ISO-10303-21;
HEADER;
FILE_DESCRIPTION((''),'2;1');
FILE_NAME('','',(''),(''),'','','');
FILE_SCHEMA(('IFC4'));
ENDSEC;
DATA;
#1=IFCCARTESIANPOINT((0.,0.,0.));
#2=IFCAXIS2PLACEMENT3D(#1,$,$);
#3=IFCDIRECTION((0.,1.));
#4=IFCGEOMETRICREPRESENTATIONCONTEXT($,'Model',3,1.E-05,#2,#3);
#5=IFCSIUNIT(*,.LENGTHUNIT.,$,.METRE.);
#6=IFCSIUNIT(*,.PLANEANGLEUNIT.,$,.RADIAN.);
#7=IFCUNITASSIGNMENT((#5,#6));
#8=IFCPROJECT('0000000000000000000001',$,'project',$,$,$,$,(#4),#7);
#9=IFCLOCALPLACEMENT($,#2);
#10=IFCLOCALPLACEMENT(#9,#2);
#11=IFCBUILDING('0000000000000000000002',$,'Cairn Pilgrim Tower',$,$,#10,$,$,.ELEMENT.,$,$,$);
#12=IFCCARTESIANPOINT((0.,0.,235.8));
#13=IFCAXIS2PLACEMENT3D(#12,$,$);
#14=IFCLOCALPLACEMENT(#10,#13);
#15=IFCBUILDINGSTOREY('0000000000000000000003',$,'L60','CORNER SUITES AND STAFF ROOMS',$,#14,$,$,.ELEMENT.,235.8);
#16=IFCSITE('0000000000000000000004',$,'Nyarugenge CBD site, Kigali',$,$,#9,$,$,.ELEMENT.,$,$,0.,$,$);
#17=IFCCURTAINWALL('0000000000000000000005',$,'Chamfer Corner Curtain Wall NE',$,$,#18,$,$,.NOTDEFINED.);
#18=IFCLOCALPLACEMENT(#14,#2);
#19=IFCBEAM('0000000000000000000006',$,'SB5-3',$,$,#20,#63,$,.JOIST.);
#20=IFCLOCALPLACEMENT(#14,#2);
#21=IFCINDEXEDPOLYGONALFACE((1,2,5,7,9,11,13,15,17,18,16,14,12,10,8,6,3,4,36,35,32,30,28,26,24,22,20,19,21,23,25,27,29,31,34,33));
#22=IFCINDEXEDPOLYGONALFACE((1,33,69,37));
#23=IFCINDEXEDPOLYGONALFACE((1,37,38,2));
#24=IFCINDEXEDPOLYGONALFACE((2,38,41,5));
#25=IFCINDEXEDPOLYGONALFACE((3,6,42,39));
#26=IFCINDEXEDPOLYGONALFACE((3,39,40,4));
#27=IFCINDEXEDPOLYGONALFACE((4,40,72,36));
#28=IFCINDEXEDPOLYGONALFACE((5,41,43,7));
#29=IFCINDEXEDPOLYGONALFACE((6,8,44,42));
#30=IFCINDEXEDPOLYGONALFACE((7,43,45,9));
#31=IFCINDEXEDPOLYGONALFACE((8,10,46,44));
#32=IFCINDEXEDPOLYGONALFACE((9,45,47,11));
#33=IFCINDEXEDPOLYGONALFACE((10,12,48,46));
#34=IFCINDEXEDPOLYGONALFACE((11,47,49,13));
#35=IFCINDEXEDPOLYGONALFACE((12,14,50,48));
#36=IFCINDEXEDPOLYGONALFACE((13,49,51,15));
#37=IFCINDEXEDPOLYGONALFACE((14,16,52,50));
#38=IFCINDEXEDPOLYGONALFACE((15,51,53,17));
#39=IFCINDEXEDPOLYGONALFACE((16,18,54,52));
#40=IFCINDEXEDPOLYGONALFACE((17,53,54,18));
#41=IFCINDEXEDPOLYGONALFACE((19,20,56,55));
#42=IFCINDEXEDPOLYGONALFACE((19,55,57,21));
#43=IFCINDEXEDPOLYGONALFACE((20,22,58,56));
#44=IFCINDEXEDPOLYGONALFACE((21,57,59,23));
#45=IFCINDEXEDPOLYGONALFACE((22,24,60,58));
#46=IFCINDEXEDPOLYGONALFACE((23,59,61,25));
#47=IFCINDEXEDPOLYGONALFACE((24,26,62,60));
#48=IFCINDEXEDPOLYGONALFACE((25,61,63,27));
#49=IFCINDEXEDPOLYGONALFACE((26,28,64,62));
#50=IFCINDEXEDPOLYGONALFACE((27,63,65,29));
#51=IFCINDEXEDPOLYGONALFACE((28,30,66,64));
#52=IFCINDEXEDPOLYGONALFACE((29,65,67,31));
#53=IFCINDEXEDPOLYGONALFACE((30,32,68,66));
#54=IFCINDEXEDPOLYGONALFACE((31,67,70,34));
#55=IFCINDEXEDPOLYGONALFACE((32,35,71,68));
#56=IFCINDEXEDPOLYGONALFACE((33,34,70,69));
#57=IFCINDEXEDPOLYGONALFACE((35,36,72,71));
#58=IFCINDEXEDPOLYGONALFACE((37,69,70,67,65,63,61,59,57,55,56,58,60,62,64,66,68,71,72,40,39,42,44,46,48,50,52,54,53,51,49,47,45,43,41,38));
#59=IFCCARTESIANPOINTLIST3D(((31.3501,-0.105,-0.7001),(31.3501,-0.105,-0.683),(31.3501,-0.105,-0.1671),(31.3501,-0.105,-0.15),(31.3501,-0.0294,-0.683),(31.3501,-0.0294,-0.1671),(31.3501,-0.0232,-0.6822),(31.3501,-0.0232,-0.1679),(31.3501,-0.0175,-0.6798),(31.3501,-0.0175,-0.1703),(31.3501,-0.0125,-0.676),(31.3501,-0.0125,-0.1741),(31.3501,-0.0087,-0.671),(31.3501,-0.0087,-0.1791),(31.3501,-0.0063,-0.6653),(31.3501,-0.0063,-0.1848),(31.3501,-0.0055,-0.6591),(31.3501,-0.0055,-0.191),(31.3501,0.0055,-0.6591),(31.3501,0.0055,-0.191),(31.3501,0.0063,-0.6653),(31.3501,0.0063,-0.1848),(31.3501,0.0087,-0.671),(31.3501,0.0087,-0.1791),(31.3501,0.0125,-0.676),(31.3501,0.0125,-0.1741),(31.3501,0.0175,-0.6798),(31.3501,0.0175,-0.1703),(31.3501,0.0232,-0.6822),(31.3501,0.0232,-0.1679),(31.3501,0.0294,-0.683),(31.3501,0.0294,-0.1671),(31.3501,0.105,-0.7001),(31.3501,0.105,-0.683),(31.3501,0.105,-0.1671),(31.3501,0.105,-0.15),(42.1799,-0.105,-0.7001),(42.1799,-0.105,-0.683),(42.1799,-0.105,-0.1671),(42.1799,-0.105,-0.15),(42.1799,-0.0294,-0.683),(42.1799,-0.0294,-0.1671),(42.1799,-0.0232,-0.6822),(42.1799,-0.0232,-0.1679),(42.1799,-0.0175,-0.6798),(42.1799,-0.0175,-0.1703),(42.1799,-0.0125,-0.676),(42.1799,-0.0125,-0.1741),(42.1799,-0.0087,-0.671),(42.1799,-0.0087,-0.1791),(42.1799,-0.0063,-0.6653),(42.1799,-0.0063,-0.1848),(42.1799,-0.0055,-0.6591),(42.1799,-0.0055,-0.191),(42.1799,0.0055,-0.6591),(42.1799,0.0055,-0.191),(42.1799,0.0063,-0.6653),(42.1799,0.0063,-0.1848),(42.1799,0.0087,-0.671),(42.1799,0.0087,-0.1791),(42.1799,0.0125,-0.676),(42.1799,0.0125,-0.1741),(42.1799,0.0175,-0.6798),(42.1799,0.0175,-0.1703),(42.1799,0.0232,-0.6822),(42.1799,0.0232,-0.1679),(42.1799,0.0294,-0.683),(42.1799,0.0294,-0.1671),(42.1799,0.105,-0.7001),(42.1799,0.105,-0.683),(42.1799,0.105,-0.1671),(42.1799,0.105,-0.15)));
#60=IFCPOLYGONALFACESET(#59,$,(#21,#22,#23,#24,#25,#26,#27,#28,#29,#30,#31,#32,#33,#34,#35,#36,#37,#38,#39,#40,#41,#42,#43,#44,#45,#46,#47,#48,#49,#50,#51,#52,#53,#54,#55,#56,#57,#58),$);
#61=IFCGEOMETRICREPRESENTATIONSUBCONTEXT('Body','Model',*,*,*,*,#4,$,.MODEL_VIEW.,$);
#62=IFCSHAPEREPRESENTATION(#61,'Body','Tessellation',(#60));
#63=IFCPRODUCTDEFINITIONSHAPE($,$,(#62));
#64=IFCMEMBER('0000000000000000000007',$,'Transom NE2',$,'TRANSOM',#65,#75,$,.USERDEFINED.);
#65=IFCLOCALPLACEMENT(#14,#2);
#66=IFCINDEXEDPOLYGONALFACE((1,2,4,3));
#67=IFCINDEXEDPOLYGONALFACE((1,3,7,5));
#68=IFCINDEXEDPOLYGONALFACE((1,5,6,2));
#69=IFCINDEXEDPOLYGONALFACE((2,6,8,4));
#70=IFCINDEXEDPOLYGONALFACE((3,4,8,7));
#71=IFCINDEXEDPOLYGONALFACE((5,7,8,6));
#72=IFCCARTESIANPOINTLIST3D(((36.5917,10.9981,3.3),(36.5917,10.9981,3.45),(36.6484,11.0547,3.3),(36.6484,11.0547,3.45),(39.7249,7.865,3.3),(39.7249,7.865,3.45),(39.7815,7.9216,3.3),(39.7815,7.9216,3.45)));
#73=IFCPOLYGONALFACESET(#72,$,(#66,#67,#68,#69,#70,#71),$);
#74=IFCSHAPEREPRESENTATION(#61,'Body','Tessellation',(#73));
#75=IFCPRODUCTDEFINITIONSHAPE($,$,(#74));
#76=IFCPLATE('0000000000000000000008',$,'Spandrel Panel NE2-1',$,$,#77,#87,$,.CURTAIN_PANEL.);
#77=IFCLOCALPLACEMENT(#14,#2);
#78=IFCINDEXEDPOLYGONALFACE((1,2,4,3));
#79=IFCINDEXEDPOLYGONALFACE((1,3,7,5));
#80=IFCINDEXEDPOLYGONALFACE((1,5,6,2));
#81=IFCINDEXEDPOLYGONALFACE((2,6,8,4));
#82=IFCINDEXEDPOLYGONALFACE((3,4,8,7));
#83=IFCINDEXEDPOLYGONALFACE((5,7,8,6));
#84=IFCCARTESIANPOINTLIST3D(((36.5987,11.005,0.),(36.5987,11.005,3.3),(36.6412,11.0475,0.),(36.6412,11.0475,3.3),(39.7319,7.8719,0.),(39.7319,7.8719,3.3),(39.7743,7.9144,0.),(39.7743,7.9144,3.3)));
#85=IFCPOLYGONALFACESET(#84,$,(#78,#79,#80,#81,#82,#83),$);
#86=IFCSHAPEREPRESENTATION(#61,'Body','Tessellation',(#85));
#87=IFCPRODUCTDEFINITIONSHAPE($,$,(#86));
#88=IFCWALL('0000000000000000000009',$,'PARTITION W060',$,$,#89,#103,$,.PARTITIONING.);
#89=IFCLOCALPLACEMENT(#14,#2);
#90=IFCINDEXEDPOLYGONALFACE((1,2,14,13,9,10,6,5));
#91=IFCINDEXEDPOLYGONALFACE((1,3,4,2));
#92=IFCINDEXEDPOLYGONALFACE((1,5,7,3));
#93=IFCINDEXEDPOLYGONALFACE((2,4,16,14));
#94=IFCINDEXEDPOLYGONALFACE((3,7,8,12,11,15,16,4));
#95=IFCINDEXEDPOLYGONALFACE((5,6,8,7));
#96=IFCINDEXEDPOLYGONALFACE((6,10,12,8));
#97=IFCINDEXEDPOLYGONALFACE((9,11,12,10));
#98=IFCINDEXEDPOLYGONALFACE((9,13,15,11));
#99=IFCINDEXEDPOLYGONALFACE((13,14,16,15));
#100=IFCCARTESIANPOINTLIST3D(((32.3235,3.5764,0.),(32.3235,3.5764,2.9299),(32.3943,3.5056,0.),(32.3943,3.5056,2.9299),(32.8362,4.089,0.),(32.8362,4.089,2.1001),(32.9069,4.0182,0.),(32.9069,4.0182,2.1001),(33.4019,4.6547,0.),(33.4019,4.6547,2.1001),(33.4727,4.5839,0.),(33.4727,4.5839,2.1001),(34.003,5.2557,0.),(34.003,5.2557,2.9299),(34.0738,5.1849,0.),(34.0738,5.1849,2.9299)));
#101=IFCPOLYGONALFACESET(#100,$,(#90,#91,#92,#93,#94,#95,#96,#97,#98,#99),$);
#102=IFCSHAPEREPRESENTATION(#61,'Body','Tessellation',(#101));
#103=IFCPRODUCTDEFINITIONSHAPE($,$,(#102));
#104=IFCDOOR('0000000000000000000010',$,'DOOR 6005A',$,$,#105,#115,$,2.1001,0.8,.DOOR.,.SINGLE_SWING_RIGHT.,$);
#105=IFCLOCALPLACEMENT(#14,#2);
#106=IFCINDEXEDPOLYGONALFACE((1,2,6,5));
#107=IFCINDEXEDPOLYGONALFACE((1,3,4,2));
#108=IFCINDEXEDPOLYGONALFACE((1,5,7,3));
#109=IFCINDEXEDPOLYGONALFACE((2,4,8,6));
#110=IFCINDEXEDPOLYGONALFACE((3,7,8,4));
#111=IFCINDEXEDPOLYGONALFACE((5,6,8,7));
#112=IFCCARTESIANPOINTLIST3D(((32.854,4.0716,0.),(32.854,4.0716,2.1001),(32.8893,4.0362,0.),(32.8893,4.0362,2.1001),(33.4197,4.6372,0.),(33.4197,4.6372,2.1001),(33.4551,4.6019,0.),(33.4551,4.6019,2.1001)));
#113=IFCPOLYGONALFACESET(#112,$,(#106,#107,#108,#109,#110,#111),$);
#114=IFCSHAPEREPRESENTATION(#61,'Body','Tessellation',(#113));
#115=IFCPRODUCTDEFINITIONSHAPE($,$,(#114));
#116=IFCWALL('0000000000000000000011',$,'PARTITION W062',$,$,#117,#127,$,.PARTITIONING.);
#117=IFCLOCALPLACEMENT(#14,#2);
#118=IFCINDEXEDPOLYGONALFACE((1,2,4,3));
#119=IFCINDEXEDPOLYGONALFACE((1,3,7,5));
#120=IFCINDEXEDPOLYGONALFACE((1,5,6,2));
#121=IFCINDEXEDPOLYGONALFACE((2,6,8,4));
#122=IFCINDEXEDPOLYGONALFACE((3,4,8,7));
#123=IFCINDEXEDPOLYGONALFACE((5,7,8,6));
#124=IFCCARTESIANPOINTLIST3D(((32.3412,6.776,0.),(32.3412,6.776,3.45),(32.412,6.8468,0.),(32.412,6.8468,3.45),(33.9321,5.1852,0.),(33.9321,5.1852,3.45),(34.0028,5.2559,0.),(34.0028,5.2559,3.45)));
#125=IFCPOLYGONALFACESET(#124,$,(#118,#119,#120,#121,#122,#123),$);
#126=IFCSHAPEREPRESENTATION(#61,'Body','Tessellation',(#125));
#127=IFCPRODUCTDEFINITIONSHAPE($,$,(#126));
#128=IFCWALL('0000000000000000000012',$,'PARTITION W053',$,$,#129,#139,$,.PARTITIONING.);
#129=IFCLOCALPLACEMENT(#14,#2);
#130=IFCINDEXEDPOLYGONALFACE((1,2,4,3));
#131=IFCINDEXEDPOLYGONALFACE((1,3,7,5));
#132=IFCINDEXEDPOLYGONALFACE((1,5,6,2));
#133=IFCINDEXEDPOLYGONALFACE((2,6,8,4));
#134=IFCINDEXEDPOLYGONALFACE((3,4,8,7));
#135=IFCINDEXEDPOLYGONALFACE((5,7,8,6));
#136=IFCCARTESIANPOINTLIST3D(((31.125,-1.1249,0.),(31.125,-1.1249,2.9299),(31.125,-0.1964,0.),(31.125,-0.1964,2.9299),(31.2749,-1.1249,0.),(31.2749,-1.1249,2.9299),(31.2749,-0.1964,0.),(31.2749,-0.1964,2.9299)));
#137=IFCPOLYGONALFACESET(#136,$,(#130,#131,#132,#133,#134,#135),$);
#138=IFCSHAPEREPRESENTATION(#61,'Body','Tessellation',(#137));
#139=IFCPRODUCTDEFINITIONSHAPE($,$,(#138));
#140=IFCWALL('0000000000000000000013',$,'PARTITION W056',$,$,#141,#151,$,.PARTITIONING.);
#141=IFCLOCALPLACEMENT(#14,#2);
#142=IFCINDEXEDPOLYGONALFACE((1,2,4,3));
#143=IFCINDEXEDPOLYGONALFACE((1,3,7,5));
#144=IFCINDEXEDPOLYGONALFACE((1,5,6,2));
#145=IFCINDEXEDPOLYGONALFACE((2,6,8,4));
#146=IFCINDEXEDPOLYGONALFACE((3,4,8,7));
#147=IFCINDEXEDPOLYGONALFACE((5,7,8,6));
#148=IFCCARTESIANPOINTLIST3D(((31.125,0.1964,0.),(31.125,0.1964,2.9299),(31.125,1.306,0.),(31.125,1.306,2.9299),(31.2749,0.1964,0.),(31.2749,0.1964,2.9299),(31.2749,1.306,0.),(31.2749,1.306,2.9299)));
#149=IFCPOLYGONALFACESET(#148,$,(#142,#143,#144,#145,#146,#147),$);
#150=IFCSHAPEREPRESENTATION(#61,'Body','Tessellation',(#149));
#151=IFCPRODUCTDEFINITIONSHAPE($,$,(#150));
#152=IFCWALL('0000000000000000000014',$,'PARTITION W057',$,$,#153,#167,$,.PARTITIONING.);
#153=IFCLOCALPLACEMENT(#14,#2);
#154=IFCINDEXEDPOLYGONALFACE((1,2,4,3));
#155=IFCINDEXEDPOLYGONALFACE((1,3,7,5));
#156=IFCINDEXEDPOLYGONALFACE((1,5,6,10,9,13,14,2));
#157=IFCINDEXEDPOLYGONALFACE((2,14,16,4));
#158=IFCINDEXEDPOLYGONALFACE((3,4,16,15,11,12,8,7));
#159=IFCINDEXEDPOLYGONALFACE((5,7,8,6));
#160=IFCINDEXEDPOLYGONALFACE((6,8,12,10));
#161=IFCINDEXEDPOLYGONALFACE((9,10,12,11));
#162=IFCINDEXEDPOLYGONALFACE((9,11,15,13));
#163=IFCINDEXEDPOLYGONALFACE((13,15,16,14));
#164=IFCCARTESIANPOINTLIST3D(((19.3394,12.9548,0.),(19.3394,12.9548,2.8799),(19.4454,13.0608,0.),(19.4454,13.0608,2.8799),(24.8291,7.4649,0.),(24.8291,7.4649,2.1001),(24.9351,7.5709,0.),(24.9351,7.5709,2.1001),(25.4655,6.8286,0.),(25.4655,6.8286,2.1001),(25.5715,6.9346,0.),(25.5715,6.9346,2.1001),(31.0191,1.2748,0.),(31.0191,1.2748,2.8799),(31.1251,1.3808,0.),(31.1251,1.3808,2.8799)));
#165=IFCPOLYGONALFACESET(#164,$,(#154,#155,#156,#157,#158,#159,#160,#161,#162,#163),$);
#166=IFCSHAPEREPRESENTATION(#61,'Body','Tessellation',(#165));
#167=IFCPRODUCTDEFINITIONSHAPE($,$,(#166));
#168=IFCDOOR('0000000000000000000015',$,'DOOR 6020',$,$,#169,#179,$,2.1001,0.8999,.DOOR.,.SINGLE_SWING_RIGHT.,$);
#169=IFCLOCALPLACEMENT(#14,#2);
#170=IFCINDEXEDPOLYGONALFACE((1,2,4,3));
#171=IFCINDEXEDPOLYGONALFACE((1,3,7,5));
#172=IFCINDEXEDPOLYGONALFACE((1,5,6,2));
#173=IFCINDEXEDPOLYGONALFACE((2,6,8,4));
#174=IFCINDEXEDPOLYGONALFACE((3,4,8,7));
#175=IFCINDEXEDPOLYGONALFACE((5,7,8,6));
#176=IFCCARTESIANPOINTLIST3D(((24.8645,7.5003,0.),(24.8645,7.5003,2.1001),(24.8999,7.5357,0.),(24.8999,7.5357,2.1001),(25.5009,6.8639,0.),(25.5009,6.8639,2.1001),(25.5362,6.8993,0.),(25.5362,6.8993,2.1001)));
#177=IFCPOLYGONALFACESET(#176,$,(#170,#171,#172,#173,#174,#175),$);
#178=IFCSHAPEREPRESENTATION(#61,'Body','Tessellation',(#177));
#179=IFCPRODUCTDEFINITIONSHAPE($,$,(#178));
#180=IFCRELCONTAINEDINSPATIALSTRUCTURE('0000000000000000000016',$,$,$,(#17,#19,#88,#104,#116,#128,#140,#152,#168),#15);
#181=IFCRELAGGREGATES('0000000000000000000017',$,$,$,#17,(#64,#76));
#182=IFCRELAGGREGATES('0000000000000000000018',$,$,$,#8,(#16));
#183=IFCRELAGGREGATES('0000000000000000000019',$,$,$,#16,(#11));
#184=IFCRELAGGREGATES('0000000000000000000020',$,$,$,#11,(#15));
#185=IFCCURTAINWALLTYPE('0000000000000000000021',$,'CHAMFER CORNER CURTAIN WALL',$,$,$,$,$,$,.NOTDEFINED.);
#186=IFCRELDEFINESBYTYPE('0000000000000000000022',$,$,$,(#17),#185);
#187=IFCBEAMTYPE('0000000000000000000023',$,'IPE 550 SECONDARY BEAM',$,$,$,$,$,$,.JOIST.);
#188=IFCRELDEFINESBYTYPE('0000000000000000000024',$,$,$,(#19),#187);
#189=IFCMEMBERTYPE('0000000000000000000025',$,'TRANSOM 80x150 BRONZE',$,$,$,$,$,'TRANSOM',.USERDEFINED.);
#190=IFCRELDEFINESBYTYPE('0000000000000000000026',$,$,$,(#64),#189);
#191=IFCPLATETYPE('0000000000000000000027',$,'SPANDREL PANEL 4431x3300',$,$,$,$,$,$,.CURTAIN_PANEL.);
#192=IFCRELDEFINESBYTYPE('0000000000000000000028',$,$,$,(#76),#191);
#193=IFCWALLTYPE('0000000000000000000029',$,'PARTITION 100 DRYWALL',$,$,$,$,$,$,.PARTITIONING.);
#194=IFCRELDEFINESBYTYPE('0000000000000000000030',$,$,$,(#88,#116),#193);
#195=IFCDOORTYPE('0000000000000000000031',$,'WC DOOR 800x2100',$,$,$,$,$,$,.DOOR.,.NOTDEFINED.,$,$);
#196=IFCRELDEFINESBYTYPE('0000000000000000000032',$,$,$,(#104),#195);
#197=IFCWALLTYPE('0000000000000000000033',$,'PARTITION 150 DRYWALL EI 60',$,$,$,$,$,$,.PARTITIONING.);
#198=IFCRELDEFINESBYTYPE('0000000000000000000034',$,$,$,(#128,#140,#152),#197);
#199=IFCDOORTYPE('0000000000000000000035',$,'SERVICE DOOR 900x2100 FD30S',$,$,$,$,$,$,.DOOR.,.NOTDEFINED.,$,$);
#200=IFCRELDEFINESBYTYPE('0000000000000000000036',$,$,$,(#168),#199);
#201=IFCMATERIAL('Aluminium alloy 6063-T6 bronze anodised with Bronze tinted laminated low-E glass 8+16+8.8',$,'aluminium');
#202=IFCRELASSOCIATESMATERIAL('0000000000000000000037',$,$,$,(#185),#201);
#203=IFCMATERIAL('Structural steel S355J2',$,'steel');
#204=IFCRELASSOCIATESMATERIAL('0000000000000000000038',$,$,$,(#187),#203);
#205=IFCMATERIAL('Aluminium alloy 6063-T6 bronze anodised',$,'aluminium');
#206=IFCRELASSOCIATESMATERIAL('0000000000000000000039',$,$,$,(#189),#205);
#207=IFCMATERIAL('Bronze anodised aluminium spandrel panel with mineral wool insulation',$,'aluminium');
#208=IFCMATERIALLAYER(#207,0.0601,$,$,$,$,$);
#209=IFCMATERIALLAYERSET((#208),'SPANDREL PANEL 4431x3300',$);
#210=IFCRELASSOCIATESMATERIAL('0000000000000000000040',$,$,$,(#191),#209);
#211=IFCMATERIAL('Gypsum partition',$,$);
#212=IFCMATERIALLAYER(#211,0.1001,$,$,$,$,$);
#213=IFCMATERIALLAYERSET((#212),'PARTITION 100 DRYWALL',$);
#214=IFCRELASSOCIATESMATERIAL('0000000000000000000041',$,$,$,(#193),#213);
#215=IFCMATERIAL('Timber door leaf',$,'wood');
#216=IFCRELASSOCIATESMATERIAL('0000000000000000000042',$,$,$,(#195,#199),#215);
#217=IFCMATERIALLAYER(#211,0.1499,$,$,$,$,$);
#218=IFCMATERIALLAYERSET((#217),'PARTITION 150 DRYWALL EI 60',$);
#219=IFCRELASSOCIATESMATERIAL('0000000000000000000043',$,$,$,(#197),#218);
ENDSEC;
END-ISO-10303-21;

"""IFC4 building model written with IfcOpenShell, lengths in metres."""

from ifc_helpers import new_model, si_unit, direction, frame, frame_2d, origin, origin_2d, place, context, subcontext, project, spatial, rectangle, i_section, extrude, material, layer, layer_set, material_profile, profile_set, type_object, element, fill, aggregate, save


model = new_model("IFC4")

# Units and contexts
model_context = context("Model", 3, precision=1e-05, world=origin(), true_north=direction((0.0, 1.0)))
body_context = subcontext(model_context, "Body", "Model", "MODEL_VIEW")
ifc_project = project(units=[si_unit("LENGTHUNIT", "METRE"), si_unit("PLANEANGLEUNIT", "RADIAN")], contexts=[model_context])

# Site, building, storey
site_placement = place(None, origin())
site = spatial("IfcSite", under=ifc_project, at=site_placement, Name="Nyarugenge CBD site, Kigali", CompositionType="ELEMENT", RefElevation=0.0)
building_placement = place(site_placement, origin())
building = spatial("IfcBuilding", under=site, at=building_placement, Name="Cairn Pilgrim Tower", CompositionType="ELEMENT")
storey_placement = place(building_placement, frame((0.0, 0.0, 235.8)))
storey = spatial("IfcBuildingStorey", under=building, at=storey_placement, Name="L60", Description="CORNER SUITES AND STAFF ROOMS", CompositionType="ELEMENT", Elevation=235.8)

# Shared definitions
ifc_material_1 = material(Name="Structural steel S355J2", Category="steel")

# Shared definitions
ifc_material_2 = material(Name="Aluminium alloy 6063-T6 bronze anodised with Bronze tinted laminated low-E glass 8+16+8.8", Category="aluminium")
ifc_material_3 = material(Name="Aluminium alloy 6063-T6 bronze anodised", Category="aluminium")

# Curtain wall
curtain_wall_type_1 = type_object("IfcCurtainWallType", Name="CHAMFER CORNER CURTAIN WALL", PredefinedType="NOTDEFINED", material=ifc_material_2)
curtain_wall_1_placement = place(storey_placement, origin())
curtain_wall_1 = element("IfcCurtainWall", 1, at=curtain_wall_1_placement, inside=storey, type_object=curtain_wall_type_1, Name="Chamfer Corner Curtain Wall NE", PredefinedType="NOTDEFINED")

# Beam
ifc_material_profile_1 = material_profile(ifc_material_1, i_section(OverallWidth=0.21, OverallDepth=0.55, WebThickness=0.011, FlangeThickness=0.0171, FilletRadius=0.0239, at=origin_2d()), Name="IPE 550")
ifc_profile_set_1 = profile_set([ifc_material_profile_1], Name="Structural steel S355J2")
beam_type_1 = type_object("IfcBeamType", Name="IPE 550 SECONDARY BEAM", PredefinedType="JOIST", material=ifc_profile_set_1)
beam_1_placement = place(storey_placement, frame((31.3501, 0.0, -0.425), z_axis=(1.0, 0.0, 0.0), x_axis=(0.0, 1.0, 0.0)))
element("IfcBeam", 2, at=beam_1_placement, inside=storey, type_object=beam_type_1, Name="SB5-3", PredefinedType="JOIST", context=body_context, shape_type="SweptSolid", body=[
    extrude(i_section(OverallWidth=0.21, OverallDepth=0.55, WebThickness=0.011, FlangeThickness=0.0171, FilletRadius=0.0239, at=origin_2d()), origin(), (0.0, 0.0, 1.0), 10.8298),
])

# Member
ifc_material_profile_2 = material_profile(ifc_material_3, rectangle(XDim=0.0801, YDim=0.1499, at=origin_2d()), Name="TRANSOM 80x150 BRONZE")
ifc_profile_set_2 = profile_set([ifc_material_profile_2], Name="Aluminium alloy 6063-T6 bronze anodised")
member_type_1 = type_object("IfcMemberType", Name="TRANSOM 80x150 BRONZE", ElementType="TRANSOM", PredefinedType="USERDEFINED", material=ifc_profile_set_2)
member_1_placement = place(storey_placement, frame((39.7532, 7.8933, 3.375), z_axis=(-0.707107, 0.707107, 0.0), x_axis=(-0.707107, -0.707107, 0.0)))
member_1 = element("IfcMember", 3, at=member_1_placement, type_object=member_type_1, Name="Transom NE2", ObjectType="TRANSOM", PredefinedType="USERDEFINED", context=body_context, shape_type="SweptSolid", body=[
    extrude(rectangle(XDim=0.0801, YDim=0.1499, at=origin_2d()), origin(), (0.0, 0.0, 1.0), 4.4309),
])

# Plate
ifc_material_4 = material(Name="Bronze anodised aluminium spandrel panel with mineral wool insulation", Category="aluminium")
ifc_layer_1 = layer(ifc_material_4, 0.0601)
ifc_layer_set_1 = layer_set([ifc_layer_1], Name="SPANDREL PANEL 4431x3300")
plate_type = type_object("IfcPlateType", Name="SPANDREL PANEL 4431x3300", PredefinedType="CURTAIN_PANEL", material=ifc_layer_set_1)
plate_placement = place(storey_placement, frame((38.1865, 9.4597, 0.0), z_axis=(0.0, 0.0, 1.0), x_axis=(-0.707107, 0.707107, 0.0)))
plate = element("IfcPlate", 4, at=plate_placement, type_object=plate_type, Name="Spandrel Panel NE2-1", PredefinedType="CURTAIN_PANEL", context=body_context, shape_type="SweptSolid", body=[
    extrude(rectangle(XDim=4.4309, YDim=0.0601, at=origin_2d()), origin(), (0.0, 0.0, 1.0), 3.3),
])
aggregate(curtain_wall_1, [member_1, plate])

# Wall, opening, door
ifc_material_5 = material(Name="Gypsum partition")
ifc_layer_2 = layer(ifc_material_5, 0.1001)
ifc_layer_set_2 = layer_set([ifc_layer_2], Name="PARTITION 100 DRYWALL")
wall_type_1 = type_object("IfcWallType", Name="PARTITION 100 DRYWALL", PredefinedType="PARTITIONING", material=ifc_layer_set_2)
wall_1_placement = place(storey_placement, frame((32.3589, 3.541, 0.0), z_axis=(0.0, 0.0, 1.0), x_axis=(0.707158, 0.707055, 0.0)))
wall_1 = element("IfcWall", 5, at=wall_1_placement, inside=storey, type_object=wall_type_1, Name="PARTITION W060", PredefinedType="PARTITIONING", context=body_context, shape_type="SweptSolid", body=[
    extrude(rectangle(XDim=2.375, YDim=0.1001, at=frame_2d((1.1875, 0.0))), origin(), (0.0, 0.0, 1.0), 2.9299),
])
opening_1_placement = place(wall_1_placement, frame((0.7251, 0.0, 0.0)))
opening_1 = element("IfcOpeningElement", 6, at=opening_1_placement, cuts=wall_1, PredefinedType="OPENING", context=body_context, shape_type="SweptSolid", body=[
    extrude(rectangle(XDim=0.8, YDim=2.1001, at=frame_2d((0.3999, 1.05))), frame((0.0, 0.0601, 0.0), z_axis=(0.0, -1.0, 0.0), x_axis=(1.0, 0.0, 0.0)), (0.0, 0.0, 1.0), 0.1201),
])
ifc_material_6 = material(Name="Timber door leaf", Category="wood")
door_type_1 = type_object("IfcDoorType", Name="WC DOOR 800x2100", OperationType="NOTDEFINED", PredefinedType="DOOR", material=ifc_material_6)
door_1_placement = place(opening_1_placement, frame((0.8, 0.0, 0.0), z_axis=(0.0, 0.0, 1.0), x_axis=(-1.0, 0.0, 0.0)))
door_1 = element("IfcDoor", 7, at=door_1_placement, inside=storey, type_object=door_type_1, Name="DOOR 6005A", OperationType="SINGLE_SWING_RIGHT", OverallHeight=2.1001, OverallWidth=0.8, PredefinedType="DOOR", context=body_context, shape_type="SweptSolid", body=[
    extrude(rectangle(XDim=0.8, YDim=2.1001, at=frame_2d((0.3999, 1.05))), frame((0.0, 0.0249, 0.0), z_axis=(0.0, -1.0, 0.0), x_axis=(1.0, 0.0, 0.0)), (0.0, 0.0, 1.0), 0.05),
])
fill(opening_1, door_1)

# Walls
wall_2_placement = place(storey_placement, frame((33.9675, 5.2205, 0.0), z_axis=(0.0, 0.0, 1.0), x_axis=(-0.707107, 0.707107, 0.0)))
element("IfcWall", 8, at=wall_2_placement, inside=storey, type_object=wall_type_1, Name="PARTITION W062", PredefinedType="PARTITIONING", context=body_context, shape_type="SweptSolid", body=[
    extrude(rectangle(XDim=2.2498, YDim=0.1001, at=frame_2d((1.125, 0.0))), origin(), (0.0, 0.0, 1.0), 3.45),
])
ifc_layer_3 = layer(ifc_material_5, 0.1499)
ifc_layer_set_3 = layer_set([ifc_layer_3], Name="PARTITION 150 DRYWALL EI 60")
wall_type_2 = type_object("IfcWallType", Name="PARTITION 150 DRYWALL EI 60", PredefinedType="PARTITIONING", material=ifc_layer_set_3)
wall_3_placement = place(storey_placement, frame((31.2, -1.125, 0.0), z_axis=(0.0, 0.0, 1.0), x_axis=(0.0, 1.0, 0.0)))
element("IfcWall", 9, at=wall_3_placement, inside=storey, type_object=wall_type_2, Name="PARTITION W053", PredefinedType="PARTITIONING", context=body_context, shape_type="SweptSolid", body=[
    extrude(rectangle(XDim=0.9285, YDim=0.1499, at=frame_2d((0.4644, 0.0))), origin(), (0.0, 0.0, 1.0), 2.9299),
])
wall_4_placement = place(storey_placement, frame((31.2, 0.1965, 0.0), z_axis=(0.0, 0.0, 1.0), x_axis=(0.0, 1.0, 0.0)))
element("IfcWall", 10, at=wall_4_placement, inside=storey, type_object=wall_type_2, Name="PARTITION W056", PredefinedType="PARTITIONING", context=body_context, shape_type="SweptSolid", body=[
    extrude(rectangle(XDim=1.1096, YDim=0.1499, at=frame_2d((0.5547, 0.0))), origin(), (0.0, 0.0, 1.0), 2.9299),
])

# Wall, opening, door
wall_5_placement = place(storey_placement, frame((31.072, 1.3279, 0.0), z_axis=(0.0, 0.0, 1.0), x_axis=(-0.707099, 0.707114, 0.0)))
wall_5 = element("IfcWall", 11, at=wall_5_placement, inside=storey, type_object=wall_type_2, Name="PARTITION W057", PredefinedType="PARTITIONING", context=body_context, shape_type="SweptSolid", body=[
    extrude(rectangle(XDim=16.5178, YDim=0.1499, at=frame_2d((8.2588, 0.0))), origin(), (0.0, 0.0, 1.0), 2.8799),
])
opening_2_placement = place(wall_5_placement, frame((7.854, 0.0, 0.0)))
opening_2 = element("IfcOpeningElement", 12, at=opening_2_placement, cuts=wall_5, PredefinedType="OPENING", context=body_context, shape_type="SweptSolid", body=[
    extrude(rectangle(XDim=0.8999, YDim=2.1001, at=frame_2d((0.45, 1.05))), frame((0.0, 0.085, 0.0), z_axis=(0.0, -1.0, 0.0), x_axis=(1.0, 0.0, 0.0)), (0.0, 0.0, 1.0), 0.1699),
])
door_type_2 = type_object("IfcDoorType", Name="SERVICE DOOR 900x2100 FD30S", OperationType="NOTDEFINED", PredefinedType="DOOR", material=ifc_material_6)
door_2_placement = place(opening_2_placement, origin())
door_2 = element("IfcDoor", 13, at=door_2_placement, inside=storey, type_object=door_type_2, Name="DOOR 6020", OperationType="SINGLE_SWING_RIGHT", OverallHeight=2.1001, OverallWidth=0.8999, PredefinedType="DOOR", context=body_context, shape_type="SweptSolid", body=[
    extrude(rectangle(XDim=0.8999, YDim=2.1001, at=frame_2d((0.45, 1.05))), frame((0.0, 0.0249, 0.0), z_axis=(0.0, -1.0, 0.0), x_axis=(1.0, 0.0, 0.0)), (0.0, 0.0, 1.0), 0.05),
])
fill(opening_2, door_2)

save(model, "model.ifc")
